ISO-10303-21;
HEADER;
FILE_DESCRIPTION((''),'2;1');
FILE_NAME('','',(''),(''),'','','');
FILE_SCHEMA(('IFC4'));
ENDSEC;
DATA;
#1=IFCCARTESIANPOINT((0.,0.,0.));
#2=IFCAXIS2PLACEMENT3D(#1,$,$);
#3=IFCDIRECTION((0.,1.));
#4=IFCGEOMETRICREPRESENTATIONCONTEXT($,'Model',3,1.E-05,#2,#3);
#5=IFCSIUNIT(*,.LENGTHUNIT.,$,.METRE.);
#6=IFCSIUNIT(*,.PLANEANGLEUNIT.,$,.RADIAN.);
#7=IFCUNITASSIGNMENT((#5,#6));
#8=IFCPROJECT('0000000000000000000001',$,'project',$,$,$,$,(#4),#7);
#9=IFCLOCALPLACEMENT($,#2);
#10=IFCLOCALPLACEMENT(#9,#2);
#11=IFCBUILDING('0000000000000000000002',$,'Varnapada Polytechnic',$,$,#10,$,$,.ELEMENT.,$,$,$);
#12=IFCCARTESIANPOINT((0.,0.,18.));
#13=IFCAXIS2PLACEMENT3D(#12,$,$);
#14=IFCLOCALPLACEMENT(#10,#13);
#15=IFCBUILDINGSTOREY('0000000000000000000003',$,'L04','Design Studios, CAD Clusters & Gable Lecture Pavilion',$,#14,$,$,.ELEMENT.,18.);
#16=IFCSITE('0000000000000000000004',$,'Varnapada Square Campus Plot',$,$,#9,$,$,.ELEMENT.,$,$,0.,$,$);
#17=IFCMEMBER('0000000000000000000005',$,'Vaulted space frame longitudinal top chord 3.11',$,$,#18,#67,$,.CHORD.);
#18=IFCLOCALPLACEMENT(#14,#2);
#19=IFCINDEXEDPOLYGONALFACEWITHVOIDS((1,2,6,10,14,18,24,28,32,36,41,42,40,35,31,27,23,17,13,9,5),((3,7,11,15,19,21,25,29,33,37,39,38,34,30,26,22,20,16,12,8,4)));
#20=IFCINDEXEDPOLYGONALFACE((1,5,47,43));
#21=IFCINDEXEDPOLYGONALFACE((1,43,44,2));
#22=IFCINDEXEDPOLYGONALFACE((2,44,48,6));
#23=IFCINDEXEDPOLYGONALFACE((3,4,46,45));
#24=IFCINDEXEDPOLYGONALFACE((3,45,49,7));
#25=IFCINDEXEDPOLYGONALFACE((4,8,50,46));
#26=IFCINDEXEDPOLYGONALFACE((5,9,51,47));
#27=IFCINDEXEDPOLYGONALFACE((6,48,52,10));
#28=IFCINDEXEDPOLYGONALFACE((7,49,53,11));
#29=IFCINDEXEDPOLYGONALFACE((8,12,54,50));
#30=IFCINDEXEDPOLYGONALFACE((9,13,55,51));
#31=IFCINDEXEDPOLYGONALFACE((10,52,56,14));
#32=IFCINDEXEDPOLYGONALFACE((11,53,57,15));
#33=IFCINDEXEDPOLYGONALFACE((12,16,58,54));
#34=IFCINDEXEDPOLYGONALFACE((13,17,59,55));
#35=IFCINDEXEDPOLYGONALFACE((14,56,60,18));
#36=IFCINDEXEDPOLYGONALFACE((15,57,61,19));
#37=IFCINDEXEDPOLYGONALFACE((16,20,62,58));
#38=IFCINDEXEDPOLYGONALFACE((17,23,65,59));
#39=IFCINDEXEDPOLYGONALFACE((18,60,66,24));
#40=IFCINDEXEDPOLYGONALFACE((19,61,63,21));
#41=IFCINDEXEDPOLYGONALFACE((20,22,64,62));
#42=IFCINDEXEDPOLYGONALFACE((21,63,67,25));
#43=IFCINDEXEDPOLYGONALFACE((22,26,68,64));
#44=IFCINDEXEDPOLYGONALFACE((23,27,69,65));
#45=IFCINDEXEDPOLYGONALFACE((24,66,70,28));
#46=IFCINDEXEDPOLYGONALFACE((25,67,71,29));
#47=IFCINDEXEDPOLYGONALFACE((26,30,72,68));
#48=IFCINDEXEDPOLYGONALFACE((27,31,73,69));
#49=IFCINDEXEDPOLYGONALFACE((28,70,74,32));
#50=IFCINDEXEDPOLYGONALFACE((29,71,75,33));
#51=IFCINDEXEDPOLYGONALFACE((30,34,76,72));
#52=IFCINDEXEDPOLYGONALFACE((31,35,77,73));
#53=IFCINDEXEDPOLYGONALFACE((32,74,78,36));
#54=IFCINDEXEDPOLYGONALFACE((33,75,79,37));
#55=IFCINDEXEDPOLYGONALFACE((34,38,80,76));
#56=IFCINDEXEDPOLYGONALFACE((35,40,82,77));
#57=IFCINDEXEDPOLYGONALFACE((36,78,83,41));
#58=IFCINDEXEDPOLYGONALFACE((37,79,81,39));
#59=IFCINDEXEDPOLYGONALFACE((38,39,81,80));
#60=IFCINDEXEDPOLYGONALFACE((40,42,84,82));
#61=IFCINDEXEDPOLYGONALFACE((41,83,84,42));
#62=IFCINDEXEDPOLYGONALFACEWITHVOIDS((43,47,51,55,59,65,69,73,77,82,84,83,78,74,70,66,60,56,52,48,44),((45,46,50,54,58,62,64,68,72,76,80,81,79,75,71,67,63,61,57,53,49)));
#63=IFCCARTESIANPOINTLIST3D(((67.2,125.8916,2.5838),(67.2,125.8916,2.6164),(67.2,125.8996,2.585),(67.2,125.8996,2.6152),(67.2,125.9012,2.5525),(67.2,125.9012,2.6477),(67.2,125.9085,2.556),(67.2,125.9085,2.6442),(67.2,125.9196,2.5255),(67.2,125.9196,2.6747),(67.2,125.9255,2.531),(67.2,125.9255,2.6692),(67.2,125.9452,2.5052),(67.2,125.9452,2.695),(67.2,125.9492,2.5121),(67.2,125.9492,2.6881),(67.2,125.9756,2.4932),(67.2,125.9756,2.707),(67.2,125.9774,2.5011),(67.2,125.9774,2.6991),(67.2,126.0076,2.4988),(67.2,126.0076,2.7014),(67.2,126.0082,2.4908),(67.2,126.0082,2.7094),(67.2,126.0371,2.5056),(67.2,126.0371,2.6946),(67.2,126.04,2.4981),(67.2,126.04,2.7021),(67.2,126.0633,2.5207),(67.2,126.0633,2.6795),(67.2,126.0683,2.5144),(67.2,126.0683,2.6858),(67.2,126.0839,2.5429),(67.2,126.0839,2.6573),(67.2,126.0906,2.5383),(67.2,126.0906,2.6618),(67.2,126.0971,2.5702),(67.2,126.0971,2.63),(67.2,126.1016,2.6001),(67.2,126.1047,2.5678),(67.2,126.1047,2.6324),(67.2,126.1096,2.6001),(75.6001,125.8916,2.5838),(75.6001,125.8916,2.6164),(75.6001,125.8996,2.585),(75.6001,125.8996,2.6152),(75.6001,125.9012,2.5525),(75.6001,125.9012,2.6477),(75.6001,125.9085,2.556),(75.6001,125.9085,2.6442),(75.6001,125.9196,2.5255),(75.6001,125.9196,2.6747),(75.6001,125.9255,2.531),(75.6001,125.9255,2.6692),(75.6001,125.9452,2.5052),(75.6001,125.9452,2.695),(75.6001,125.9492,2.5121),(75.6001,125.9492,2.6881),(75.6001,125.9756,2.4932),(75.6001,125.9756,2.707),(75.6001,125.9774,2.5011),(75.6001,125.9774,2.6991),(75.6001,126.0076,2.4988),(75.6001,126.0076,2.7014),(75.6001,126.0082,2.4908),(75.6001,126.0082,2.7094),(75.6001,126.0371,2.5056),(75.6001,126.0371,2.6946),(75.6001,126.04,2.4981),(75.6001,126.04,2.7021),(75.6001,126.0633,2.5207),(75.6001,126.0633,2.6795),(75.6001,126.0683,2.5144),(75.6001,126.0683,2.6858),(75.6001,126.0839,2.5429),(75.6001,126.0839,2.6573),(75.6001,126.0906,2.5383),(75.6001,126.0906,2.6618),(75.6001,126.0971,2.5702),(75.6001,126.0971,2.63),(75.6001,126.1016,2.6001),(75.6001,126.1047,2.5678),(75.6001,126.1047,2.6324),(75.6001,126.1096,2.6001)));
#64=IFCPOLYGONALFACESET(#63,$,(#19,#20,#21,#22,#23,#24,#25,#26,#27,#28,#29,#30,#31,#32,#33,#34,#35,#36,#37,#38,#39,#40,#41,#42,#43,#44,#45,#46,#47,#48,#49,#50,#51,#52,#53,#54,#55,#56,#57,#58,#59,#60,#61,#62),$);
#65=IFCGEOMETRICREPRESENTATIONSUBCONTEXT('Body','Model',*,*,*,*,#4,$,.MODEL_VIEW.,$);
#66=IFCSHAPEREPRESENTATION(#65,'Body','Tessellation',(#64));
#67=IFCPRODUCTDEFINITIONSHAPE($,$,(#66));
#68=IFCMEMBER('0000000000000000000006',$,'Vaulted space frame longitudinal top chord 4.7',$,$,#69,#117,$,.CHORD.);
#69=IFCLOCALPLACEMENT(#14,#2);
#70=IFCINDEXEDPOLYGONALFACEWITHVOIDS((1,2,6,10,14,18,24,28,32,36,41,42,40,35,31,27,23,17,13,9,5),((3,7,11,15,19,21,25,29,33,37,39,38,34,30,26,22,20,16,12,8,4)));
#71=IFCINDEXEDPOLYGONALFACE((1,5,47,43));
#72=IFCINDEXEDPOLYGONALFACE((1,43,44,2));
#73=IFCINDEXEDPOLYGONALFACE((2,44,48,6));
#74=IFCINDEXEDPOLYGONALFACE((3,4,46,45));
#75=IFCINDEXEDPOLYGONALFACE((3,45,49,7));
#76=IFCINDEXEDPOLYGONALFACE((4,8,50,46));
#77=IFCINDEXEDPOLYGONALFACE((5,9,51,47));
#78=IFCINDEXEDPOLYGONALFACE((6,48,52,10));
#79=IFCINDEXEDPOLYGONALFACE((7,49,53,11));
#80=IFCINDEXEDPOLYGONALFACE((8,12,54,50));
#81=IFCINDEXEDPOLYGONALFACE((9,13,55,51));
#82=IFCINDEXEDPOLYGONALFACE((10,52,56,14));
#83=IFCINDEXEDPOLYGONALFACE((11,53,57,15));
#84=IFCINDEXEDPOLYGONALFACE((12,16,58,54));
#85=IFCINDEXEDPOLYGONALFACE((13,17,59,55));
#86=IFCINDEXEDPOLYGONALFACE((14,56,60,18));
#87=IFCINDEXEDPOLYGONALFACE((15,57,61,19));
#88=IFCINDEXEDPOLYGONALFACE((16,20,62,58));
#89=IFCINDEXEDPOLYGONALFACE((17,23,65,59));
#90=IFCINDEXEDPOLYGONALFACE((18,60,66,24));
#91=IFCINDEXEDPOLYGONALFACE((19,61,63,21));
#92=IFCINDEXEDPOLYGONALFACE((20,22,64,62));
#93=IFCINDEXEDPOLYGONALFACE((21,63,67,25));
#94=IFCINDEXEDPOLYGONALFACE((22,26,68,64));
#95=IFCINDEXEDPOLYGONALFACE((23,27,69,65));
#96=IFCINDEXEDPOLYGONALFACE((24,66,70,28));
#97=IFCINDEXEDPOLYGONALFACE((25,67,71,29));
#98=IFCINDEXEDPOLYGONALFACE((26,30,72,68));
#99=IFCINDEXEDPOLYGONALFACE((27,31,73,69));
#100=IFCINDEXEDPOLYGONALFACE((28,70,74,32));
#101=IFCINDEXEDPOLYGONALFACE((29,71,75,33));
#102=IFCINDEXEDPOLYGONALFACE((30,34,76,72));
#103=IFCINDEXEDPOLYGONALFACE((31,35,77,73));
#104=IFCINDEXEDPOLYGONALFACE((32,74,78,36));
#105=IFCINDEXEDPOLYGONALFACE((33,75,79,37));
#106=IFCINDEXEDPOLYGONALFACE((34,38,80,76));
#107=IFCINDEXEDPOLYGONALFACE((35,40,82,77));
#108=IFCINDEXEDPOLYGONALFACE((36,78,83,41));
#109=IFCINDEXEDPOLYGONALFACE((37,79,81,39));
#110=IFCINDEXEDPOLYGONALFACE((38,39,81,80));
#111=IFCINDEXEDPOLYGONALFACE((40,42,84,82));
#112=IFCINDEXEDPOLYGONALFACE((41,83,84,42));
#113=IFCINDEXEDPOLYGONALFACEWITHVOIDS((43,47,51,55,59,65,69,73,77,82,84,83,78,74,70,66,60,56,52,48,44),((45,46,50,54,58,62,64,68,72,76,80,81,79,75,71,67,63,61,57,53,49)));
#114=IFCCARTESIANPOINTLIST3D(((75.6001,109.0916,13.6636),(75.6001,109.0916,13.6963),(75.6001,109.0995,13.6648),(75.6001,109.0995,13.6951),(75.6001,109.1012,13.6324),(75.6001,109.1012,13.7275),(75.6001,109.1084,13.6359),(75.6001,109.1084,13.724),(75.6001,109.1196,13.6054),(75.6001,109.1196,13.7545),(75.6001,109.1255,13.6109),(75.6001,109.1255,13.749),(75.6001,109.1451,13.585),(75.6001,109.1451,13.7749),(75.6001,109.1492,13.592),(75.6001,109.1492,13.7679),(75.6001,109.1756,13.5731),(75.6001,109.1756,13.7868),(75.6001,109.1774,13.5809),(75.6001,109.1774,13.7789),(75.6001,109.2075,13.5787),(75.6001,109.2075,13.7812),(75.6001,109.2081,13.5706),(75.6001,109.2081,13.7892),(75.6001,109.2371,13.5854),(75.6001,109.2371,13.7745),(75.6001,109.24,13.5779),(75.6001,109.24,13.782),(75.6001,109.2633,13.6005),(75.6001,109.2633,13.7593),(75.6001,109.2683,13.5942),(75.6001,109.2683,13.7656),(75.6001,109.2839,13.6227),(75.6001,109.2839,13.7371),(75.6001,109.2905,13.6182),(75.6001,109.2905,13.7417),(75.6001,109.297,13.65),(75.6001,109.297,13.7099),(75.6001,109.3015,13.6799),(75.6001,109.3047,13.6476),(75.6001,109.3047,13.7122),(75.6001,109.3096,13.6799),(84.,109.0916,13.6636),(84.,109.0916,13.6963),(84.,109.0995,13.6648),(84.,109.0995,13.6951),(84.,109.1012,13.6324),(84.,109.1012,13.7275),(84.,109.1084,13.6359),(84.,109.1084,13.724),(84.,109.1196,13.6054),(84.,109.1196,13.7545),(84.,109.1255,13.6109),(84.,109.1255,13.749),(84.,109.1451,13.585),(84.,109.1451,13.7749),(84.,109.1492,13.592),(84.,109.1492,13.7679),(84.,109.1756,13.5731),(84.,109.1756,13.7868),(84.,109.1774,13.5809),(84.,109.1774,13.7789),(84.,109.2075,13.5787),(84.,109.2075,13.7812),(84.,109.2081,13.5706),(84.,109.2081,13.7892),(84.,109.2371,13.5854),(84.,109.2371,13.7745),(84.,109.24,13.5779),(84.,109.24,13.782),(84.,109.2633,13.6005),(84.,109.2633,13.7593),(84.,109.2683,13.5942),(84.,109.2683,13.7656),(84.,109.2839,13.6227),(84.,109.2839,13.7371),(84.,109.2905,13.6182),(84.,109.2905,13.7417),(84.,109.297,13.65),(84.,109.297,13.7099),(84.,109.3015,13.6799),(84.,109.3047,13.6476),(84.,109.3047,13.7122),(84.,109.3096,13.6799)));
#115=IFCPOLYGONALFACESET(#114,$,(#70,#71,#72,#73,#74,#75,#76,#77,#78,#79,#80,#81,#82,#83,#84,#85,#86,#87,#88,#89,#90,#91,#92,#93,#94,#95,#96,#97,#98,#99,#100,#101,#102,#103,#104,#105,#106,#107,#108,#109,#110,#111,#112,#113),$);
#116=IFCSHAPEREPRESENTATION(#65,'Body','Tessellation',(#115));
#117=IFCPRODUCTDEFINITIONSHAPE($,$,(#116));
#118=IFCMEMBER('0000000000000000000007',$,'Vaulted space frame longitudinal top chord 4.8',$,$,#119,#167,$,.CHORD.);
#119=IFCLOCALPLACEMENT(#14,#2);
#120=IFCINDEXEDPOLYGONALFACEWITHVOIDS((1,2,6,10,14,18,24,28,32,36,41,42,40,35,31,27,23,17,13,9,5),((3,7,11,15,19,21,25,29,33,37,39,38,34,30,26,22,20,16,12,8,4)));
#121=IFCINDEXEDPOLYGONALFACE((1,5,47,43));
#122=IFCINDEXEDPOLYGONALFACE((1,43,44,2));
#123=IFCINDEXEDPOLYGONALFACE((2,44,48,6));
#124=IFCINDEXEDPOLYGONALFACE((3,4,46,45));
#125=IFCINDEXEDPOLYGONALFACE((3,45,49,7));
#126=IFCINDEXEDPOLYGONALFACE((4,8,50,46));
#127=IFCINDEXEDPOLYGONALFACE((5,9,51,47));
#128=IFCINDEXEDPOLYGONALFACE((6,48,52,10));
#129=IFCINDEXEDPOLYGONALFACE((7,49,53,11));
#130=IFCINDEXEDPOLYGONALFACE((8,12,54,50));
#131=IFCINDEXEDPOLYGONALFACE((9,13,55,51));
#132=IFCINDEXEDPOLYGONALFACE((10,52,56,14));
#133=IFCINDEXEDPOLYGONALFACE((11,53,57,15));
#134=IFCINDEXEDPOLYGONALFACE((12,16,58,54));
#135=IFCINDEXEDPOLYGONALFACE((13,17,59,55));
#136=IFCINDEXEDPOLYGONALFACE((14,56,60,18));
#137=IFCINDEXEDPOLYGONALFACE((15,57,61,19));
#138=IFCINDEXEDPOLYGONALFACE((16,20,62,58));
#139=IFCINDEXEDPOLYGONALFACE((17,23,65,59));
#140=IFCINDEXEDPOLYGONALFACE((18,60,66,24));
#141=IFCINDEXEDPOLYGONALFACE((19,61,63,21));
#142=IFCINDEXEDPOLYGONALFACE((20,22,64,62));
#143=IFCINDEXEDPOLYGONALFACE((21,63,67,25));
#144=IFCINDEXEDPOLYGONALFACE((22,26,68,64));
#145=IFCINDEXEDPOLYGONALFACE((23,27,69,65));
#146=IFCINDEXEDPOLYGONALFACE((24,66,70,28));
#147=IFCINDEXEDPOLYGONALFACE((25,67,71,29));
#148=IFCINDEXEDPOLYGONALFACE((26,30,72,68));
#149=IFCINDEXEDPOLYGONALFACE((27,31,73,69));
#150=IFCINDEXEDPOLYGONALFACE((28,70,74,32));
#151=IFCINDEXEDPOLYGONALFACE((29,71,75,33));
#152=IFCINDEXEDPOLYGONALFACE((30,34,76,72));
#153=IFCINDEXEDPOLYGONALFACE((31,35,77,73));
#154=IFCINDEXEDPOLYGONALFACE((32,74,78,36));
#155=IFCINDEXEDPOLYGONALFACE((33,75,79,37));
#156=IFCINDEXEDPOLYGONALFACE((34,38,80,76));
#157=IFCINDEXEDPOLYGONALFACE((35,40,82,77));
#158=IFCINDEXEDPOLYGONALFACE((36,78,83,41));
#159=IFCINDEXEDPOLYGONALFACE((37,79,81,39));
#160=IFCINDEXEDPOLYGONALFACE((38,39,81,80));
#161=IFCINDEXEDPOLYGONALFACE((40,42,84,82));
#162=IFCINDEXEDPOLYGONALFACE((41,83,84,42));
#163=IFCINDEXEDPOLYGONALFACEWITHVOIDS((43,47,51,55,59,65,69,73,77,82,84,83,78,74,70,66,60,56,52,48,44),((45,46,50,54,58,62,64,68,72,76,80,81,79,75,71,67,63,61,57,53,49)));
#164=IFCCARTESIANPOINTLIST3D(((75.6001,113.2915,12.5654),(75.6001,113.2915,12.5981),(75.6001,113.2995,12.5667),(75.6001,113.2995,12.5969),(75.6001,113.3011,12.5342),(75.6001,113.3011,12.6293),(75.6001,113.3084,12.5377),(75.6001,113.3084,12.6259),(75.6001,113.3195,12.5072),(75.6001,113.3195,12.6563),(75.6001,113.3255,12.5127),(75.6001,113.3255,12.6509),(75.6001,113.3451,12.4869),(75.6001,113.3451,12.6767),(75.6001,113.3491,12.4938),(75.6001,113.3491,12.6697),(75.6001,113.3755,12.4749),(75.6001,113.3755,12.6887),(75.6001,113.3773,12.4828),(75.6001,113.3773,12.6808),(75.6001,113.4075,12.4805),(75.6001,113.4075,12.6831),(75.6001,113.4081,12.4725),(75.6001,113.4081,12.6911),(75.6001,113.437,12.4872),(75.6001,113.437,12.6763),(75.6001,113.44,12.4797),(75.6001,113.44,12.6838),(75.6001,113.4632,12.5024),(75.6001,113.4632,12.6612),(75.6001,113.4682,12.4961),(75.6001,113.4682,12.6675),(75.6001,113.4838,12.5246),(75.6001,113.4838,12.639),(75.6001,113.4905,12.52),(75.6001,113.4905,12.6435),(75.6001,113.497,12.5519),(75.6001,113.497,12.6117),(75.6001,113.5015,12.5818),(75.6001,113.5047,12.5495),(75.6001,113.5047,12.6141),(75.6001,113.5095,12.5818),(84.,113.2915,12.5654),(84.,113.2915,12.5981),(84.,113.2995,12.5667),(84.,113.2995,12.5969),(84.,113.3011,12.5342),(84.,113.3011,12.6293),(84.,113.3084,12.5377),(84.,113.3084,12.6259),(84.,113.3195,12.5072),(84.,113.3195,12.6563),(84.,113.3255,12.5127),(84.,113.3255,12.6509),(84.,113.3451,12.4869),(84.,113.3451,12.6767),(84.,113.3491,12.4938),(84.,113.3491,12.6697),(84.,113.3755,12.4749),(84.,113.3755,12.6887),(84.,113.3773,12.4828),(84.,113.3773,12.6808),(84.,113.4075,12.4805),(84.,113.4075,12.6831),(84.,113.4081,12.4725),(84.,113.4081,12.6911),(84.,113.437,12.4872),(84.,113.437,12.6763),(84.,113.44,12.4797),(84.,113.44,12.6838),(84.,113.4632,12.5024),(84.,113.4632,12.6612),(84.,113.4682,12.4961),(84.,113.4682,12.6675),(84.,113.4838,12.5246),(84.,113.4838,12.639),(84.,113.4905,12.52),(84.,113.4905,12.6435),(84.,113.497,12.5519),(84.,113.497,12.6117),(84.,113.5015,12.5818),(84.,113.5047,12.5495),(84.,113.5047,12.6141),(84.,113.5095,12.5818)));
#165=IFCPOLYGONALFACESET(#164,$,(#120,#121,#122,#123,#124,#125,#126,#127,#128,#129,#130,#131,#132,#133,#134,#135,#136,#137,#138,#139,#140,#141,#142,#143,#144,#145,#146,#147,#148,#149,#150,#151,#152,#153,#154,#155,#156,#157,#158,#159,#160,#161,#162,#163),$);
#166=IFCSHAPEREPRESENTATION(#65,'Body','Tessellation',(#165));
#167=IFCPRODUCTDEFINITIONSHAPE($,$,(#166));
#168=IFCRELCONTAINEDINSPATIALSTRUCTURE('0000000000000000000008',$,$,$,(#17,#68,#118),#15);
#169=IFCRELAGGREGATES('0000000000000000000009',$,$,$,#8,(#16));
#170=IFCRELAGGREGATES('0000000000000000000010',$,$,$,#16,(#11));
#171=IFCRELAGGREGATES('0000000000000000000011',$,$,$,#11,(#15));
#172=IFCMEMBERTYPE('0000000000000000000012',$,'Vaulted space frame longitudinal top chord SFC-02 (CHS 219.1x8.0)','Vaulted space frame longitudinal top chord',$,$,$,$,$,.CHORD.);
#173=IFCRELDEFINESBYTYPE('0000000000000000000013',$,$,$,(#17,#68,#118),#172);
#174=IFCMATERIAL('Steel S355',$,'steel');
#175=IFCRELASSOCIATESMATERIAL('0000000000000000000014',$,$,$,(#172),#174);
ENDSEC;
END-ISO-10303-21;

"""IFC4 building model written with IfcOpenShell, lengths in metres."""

from ifc_helpers import new_model, si_unit, direction, frame, origin, origin_2d, place, context, subcontext, project, spatial, hollow_circle, extrude, material, material_profile, profile_set, type_object, element, save


model = new_model("IFC4")

# Units and contexts
model_context = context("Model", 3, precision=1e-05, world=origin(), true_north=direction((0.0, 1.0)))
body_context = subcontext(model_context, "Body", "Model", "MODEL_VIEW")
ifc_project = project(units=[si_unit("LENGTHUNIT", "METRE"), si_unit("PLANEANGLEUNIT", "RADIAN")], contexts=[model_context])

# Site, building, storey
site_placement = place(None, origin())
site = spatial("IfcSite", under=ifc_project, at=site_placement, Name="Varnapada Square Campus Plot", CompositionType="ELEMENT", RefElevation=0.0)
building_placement = place(site_placement, origin())
building = spatial("IfcBuilding", under=site, at=building_placement, Name="Varnapada Polytechnic", CompositionType="ELEMENT")
storey_placement = place(building_placement, frame((0.0, 0.0, 18.0)))
storey = spatial("IfcBuildingStorey", under=building, at=storey_placement, Name="L04", Description="Design Studios, CAD Clusters & Gable Lecture Pavilion", CompositionType="ELEMENT", Elevation=18.0)

# Shared definitions
ifc_material = material(Name="Steel S355", Category="steel")

# Members
ifc_material_profile_1 = material_profile(ifc_material, hollow_circle(Radius=0.1096, WallThickness=0.0081, at=origin_2d()), Name="CHS 219.1x8.0")
ifc_profile_set_1 = profile_set([ifc_material_profile_1], Name="Steel S355")
member_type_1 = type_object("IfcMemberType", Name="Vaulted space frame longitudinal top chord SFC-02 (CHS 219.1x8.0)", Description="Vaulted space frame longitudinal top chord", PredefinedType="CHORD", material=ifc_profile_set_1)
for number, where, z_axis, x_axis, name in (
    (1, (67.2, 126.0, 2.6001), (1.0, 0.0, 0.0), (0.0, 1.0, 0.0), "Vaulted space frame longitudinal top chord 3.11"),
):
    element("IfcMember", number, at=place(storey_placement, frame(where, z_axis=z_axis, x_axis=x_axis)), inside=storey, type_object=member_type_1, Name=name, PredefinedType="CHORD", context=body_context, shape_type="SweptSolid", body=[
        extrude(hollow_circle(Radius=0.1096, WallThickness=0.0081, at=origin_2d()), origin(), (0.0, 0.0, 1.0), 8.4001),
    ])
for number, where, z_axis, x_axis, name in (
    (2, (75.6001, 109.2, 13.6799), (1.0, 0.0, 0.0), (0.0, 1.0, 0.0), "Vaulted space frame longitudinal top chord 4.7"),
    (3, (75.6001, 113.3999, 12.5818), (1.0, 0.0, 0.0), (0.0, 1.0, 0.0), "Vaulted space frame longitudinal top chord 4.8"),
):
    element("IfcMember", number, at=place(storey_placement, frame(where, z_axis=z_axis, x_axis=x_axis)), inside=storey, type_object=member_type_1, Name=name, PredefinedType="CHORD", context=body_context, shape_type="SweptSolid", body=[
        extrude(hollow_circle(Radius=0.1096, WallThickness=0.0081, at=origin_2d()), origin(), (0.0, 0.0, 1.0), 8.3999),
    ])

save(model, "model.ifc")
